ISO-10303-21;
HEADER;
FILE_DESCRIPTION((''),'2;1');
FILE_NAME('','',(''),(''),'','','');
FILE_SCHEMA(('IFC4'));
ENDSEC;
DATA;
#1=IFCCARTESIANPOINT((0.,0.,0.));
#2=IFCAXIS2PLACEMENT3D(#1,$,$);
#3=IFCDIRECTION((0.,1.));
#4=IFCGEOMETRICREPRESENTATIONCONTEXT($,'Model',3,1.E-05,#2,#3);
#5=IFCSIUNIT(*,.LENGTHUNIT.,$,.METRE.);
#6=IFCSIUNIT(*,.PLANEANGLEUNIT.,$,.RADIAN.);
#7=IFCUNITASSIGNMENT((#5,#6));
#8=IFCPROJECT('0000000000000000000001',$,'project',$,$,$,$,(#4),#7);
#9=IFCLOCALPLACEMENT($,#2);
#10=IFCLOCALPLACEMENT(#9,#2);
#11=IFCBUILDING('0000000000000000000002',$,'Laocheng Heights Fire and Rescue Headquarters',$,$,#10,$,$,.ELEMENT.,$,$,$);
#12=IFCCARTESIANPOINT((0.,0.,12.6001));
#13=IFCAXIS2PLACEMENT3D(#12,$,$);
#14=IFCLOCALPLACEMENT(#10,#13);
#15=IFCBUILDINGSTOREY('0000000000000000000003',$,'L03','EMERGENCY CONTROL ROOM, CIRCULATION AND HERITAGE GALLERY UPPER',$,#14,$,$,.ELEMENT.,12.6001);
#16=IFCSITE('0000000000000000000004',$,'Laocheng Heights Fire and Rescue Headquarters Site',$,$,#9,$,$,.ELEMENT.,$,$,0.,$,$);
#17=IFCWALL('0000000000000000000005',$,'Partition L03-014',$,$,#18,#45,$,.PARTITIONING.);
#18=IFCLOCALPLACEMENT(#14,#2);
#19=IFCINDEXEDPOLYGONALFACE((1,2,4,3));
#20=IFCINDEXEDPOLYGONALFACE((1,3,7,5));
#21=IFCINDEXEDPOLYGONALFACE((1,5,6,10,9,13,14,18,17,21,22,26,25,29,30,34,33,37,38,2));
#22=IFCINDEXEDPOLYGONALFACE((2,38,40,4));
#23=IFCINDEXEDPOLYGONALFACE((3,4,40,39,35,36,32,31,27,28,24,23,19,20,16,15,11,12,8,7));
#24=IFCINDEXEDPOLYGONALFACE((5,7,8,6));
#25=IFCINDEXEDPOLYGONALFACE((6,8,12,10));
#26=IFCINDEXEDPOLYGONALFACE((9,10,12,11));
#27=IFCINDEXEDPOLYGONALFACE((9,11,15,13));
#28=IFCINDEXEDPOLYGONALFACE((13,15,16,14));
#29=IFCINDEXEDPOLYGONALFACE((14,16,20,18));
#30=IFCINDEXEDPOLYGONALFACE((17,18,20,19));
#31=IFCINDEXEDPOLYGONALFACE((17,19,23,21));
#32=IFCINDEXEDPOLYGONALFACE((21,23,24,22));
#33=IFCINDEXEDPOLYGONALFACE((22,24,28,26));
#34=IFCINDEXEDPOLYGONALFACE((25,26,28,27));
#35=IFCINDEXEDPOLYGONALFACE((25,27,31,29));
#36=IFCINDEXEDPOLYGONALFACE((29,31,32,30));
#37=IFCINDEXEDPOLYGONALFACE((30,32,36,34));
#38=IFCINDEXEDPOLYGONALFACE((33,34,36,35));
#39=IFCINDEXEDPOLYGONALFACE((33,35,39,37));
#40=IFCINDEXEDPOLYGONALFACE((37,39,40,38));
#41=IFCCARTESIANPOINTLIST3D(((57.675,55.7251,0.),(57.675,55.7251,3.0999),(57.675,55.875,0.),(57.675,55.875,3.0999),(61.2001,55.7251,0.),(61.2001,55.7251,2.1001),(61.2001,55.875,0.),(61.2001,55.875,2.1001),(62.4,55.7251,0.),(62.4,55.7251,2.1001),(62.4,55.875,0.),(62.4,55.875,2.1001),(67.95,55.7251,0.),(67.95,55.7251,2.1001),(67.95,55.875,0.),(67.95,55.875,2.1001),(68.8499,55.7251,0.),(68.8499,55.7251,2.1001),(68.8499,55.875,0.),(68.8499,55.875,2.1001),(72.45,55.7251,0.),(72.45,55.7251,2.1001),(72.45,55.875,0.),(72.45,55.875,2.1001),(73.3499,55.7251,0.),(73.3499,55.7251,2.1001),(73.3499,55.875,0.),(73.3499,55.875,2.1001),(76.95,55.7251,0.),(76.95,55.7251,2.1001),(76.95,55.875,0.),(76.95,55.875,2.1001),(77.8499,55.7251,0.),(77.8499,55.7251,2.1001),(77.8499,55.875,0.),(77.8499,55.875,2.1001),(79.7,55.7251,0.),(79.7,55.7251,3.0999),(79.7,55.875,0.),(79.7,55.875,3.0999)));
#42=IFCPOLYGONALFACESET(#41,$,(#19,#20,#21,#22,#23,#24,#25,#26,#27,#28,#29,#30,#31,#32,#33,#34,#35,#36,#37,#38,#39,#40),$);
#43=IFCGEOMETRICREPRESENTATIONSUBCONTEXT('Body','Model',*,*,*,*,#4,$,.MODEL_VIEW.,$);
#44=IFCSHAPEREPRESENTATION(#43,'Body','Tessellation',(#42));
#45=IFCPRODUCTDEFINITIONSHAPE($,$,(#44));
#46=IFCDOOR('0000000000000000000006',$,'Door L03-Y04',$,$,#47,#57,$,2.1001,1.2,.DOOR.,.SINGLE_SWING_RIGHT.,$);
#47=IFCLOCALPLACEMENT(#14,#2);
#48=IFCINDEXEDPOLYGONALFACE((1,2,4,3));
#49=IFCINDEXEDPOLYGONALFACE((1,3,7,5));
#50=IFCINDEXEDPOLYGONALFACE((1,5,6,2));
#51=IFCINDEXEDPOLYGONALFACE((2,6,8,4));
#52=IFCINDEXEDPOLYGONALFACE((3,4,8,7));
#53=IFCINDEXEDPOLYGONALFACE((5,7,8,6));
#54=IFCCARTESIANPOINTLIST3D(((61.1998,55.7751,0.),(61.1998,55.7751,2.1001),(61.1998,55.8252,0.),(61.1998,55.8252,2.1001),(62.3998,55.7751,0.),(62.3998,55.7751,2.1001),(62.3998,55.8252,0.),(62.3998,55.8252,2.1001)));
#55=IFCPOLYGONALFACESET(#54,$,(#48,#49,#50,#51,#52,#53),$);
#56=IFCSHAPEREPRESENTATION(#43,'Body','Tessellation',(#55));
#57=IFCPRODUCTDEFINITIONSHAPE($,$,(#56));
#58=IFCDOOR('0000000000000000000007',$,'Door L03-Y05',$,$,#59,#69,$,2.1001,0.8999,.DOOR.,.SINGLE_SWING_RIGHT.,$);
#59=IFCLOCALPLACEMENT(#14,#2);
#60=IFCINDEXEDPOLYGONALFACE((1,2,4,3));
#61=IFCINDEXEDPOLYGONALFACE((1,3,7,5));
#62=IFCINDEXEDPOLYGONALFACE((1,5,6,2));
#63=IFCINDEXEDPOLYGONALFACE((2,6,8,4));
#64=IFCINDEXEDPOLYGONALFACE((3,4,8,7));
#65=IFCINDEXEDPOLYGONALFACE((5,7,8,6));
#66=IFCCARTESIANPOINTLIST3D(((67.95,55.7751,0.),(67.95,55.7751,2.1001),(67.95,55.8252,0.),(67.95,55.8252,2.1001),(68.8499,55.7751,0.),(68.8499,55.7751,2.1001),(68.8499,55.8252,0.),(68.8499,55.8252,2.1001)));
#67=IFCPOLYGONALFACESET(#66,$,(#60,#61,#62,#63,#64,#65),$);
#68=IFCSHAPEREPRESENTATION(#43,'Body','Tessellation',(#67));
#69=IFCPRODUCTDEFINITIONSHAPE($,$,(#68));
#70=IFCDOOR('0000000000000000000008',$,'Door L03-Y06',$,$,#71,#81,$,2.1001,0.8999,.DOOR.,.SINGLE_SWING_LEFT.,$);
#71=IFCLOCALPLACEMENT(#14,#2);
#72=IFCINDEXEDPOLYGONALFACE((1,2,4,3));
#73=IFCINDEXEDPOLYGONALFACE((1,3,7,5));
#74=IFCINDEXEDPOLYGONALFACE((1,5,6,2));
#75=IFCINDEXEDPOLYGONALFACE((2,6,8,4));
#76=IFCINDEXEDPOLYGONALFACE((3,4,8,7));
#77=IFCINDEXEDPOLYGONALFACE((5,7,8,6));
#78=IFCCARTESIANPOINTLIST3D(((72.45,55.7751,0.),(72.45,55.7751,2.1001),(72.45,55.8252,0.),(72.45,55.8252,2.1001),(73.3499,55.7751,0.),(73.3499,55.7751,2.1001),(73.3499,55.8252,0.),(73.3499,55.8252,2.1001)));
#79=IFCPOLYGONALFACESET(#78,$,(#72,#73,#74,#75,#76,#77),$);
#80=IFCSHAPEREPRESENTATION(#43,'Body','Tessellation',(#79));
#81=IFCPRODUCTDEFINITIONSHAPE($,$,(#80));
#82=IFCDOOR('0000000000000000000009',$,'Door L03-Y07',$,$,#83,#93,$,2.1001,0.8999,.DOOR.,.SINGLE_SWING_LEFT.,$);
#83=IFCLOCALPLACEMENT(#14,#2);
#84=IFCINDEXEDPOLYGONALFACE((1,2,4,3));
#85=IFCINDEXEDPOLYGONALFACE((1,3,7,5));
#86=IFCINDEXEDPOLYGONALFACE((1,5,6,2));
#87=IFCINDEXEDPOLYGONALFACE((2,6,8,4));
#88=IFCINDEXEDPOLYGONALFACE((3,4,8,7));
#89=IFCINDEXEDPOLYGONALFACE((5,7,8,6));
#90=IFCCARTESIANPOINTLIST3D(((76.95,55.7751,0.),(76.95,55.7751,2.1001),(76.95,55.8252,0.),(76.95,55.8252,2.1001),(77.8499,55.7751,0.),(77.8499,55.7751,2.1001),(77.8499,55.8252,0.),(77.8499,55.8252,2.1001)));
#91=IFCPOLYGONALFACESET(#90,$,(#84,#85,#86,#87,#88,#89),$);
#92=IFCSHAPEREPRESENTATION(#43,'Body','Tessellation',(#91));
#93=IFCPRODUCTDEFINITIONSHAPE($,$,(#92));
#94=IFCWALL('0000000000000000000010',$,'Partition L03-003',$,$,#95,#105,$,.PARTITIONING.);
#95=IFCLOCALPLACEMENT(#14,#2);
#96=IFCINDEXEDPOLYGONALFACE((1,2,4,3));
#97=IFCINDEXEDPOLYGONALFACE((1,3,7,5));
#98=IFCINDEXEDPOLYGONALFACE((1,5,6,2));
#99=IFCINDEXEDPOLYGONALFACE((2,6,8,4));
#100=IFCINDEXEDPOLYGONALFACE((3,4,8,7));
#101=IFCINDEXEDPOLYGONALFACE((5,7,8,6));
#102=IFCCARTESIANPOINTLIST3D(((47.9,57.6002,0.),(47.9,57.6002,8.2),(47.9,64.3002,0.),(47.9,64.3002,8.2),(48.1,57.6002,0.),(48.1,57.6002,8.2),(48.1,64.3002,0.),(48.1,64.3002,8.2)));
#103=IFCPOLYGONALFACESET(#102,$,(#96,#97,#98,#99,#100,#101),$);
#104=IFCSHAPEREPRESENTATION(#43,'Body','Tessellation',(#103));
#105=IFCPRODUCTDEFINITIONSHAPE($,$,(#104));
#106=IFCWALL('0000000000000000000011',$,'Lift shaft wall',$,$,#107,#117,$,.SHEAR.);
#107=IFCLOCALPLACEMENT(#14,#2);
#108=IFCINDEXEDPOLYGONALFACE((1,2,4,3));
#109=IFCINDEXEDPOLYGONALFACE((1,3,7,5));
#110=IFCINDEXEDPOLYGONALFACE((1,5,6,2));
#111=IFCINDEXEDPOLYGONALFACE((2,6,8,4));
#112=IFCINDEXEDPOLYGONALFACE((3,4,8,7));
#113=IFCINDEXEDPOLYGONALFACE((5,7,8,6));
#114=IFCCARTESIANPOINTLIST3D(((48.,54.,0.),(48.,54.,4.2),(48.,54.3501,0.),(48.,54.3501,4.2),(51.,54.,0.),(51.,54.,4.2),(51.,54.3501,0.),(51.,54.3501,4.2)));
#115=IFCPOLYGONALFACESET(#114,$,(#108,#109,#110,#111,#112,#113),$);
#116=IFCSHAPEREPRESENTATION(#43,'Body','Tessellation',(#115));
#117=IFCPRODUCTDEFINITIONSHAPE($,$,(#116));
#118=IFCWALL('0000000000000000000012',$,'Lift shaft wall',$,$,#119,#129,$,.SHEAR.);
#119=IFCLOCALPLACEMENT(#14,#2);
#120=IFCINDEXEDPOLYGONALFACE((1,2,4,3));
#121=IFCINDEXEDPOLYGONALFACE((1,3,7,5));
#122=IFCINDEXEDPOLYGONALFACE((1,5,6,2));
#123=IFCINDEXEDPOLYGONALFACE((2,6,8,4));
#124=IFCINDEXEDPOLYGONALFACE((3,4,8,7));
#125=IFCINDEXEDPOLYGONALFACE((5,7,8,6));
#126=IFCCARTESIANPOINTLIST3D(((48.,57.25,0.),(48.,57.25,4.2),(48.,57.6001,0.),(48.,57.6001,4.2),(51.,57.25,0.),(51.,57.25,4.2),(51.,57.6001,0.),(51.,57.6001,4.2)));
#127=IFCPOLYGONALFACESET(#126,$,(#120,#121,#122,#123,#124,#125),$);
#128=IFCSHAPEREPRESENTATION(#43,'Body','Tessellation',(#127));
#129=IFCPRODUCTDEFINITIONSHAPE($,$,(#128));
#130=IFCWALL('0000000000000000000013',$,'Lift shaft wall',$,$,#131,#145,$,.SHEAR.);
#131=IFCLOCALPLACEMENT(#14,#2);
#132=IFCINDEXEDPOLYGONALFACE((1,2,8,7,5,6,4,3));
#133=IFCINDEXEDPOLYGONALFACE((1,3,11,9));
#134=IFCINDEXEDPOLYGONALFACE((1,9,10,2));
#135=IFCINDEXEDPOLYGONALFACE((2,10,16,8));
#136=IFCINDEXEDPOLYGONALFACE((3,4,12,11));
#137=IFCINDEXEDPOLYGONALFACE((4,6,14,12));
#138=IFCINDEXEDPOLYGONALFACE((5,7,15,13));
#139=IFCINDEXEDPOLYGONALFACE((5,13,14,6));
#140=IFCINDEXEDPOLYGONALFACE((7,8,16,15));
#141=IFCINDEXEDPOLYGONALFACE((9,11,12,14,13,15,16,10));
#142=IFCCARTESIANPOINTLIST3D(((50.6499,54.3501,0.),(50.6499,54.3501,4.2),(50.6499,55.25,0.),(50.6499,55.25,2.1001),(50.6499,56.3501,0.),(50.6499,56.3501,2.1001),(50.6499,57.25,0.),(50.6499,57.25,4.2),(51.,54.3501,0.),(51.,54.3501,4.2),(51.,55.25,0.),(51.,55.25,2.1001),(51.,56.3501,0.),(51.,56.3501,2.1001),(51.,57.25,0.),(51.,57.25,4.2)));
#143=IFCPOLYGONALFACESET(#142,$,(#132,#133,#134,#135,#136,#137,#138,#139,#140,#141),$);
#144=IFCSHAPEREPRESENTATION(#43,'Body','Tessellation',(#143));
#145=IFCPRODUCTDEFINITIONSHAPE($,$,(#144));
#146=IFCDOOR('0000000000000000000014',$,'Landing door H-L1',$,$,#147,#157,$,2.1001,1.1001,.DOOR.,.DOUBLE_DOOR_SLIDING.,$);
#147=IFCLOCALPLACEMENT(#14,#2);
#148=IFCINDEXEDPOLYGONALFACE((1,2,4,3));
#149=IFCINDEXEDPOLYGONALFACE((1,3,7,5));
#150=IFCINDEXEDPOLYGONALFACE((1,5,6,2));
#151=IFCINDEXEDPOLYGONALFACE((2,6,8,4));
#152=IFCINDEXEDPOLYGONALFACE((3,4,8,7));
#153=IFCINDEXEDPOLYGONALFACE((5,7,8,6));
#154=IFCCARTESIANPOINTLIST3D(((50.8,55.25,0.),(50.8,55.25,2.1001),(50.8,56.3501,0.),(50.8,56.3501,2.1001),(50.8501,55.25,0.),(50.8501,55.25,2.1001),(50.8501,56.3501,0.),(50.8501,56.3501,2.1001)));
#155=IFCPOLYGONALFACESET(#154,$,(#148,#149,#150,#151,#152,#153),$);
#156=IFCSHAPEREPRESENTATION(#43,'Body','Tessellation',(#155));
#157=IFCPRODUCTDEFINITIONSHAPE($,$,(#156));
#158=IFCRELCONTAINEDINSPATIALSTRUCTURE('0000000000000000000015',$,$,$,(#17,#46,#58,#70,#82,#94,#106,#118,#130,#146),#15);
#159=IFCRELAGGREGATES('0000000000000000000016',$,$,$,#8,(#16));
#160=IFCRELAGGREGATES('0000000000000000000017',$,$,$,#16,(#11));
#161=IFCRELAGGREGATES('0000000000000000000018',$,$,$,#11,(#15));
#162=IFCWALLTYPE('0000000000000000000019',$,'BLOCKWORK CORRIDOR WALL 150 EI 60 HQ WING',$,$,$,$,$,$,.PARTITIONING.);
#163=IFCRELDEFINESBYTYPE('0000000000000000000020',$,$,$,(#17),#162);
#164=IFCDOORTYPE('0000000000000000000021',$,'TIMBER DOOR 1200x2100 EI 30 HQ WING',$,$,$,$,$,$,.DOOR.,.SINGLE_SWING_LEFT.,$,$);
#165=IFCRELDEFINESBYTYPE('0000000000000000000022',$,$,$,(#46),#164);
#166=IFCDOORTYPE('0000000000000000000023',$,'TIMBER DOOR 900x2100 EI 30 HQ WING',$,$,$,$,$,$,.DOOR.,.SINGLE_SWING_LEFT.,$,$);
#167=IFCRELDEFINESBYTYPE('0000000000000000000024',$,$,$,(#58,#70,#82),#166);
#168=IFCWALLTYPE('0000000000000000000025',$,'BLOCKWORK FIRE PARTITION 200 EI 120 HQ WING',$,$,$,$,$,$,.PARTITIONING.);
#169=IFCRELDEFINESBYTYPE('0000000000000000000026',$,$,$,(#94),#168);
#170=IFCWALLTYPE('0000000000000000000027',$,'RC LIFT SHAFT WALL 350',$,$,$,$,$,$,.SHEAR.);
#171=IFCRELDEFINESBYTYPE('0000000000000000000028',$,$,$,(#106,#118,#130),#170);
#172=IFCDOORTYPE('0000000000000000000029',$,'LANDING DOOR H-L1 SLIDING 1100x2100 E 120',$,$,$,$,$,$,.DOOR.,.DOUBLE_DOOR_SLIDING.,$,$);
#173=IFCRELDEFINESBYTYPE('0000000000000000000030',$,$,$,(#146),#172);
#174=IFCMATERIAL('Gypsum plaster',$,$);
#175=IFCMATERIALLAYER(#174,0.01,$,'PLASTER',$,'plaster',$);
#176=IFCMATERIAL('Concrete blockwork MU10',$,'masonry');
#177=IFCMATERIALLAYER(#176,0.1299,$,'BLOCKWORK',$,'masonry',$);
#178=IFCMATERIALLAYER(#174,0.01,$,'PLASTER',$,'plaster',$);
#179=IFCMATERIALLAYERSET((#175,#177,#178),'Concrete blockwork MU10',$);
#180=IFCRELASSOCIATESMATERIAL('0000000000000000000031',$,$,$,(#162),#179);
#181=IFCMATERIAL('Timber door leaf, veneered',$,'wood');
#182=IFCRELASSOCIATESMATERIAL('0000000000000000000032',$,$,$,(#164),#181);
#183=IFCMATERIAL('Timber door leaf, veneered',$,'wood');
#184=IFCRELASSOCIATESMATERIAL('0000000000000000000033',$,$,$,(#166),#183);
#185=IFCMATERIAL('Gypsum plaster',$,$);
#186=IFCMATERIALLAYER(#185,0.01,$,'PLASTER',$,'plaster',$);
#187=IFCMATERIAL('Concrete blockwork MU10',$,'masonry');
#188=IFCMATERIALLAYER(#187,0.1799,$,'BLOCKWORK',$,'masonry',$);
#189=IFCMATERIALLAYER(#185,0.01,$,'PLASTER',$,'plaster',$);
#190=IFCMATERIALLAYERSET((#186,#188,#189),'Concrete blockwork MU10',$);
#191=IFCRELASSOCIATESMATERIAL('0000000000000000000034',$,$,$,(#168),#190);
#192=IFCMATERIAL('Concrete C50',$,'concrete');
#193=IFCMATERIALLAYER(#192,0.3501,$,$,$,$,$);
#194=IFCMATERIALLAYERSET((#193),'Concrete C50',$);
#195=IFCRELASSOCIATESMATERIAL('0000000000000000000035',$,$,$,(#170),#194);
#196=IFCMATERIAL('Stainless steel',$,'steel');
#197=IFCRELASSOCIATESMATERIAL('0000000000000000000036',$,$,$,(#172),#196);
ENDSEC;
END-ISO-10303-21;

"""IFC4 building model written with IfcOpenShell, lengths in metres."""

from ifc_helpers import new_model, si_unit, direction, frame, frame_2d, origin, place, context, subcontext, project, spatial, rectangle, extrude, material, layer, layer_set, type_object, element, fill, save


model = new_model("IFC4")

# Units and contexts
model_context = context("Model", 3, precision=1e-05, world=origin(), true_north=direction((0.0, 1.0)))
body_context = subcontext(model_context, "Body", "Model", "MODEL_VIEW")
ifc_project = project(units=[si_unit("LENGTHUNIT", "METRE"), si_unit("PLANEANGLEUNIT", "RADIAN")], contexts=[model_context])

# Site, building, storey
site_placement = place(None, origin())
site = spatial("IfcSite", under=ifc_project, at=site_placement, Name="Laocheng Heights Fire and Rescue Headquarters Site", CompositionType="ELEMENT", RefElevation=0.0)
building_placement = place(site_placement, origin())
building = spatial("IfcBuilding", under=site, at=building_placement, Name="Laocheng Heights Fire and Rescue Headquarters", CompositionType="ELEMENT")
storey_placement = place(building_placement, frame((0.0, 0.0, 12.6001)))
storey = spatial("IfcBuildingStorey", under=building, at=storey_placement, Name="L03", Description="EMERGENCY CONTROL ROOM, CIRCULATION AND HERITAGE GALLERY UPPER", CompositionType="ELEMENT", Elevation=12.6001)

# Wall, openings, doors
ifc_material_1 = material(Name="Gypsum plaster")
ifc_layer_1 = layer(ifc_material_1, 0.01, Name="PLASTER", Category="plaster")
ifc_material_2 = material(Name="Concrete blockwork MU10", Category="masonry")
ifc_layer_2 = layer(ifc_material_2, 0.1299, Name="BLOCKWORK", Category="masonry")
ifc_layer_3 = layer(ifc_material_1, 0.01, Name="PLASTER", Category="plaster")
ifc_layer_set_1 = layer_set([ifc_layer_1, ifc_layer_2, ifc_layer_3], Name="Concrete blockwork MU10")
wall_type_1 = type_object("IfcWallType", Name="BLOCKWORK CORRIDOR WALL 150 EI 60 HQ WING", PredefinedType="PARTITIONING", material=ifc_layer_set_1)
wall_1_placement = place(storey_placement, frame((57.675, 55.8, 0.0), z_axis=(0.0, 0.0, 1.0), x_axis=(1.0, 0.0, 0.0)))
wall_1 = element("IfcWall", 1, at=wall_1_placement, inside=storey, type_object=wall_type_1, Name="Partition L03-014", PredefinedType="PARTITIONING", context=body_context, shape_type="SweptSolid", body=[
    extrude(rectangle(XDim=22.0249, YDim=0.1499, at=frame_2d((11.0125, 0.0))), origin(), (0.0, 0.0, 1.0), 3.0999),
])
opening_1_placement = place(wall_1_placement, frame((3.5249, 0.0, 0.0)))
opening_1 = element("IfcOpeningElement", 2, at=opening_1_placement, cuts=wall_1, PredefinedType="OPENING", context=body_context, shape_type="SweptSolid", body=[
    extrude(rectangle(XDim=1.2, YDim=2.1001, at=frame_2d((0.6001, 1.05))), frame((0.0, 0.085, 0.0), z_axis=(0.0, -1.0, 0.0), x_axis=(1.0, 0.0, 0.0)), (0.0, 0.0, 1.0), 0.1699),
])
opening_2_placement = place(wall_1_placement, frame((10.2749, 0.0, 0.0)))
opening_2 = element("IfcOpeningElement", 3, at=opening_2_placement, cuts=wall_1, PredefinedType="OPENING", context=body_context, shape_type="SweptSolid", body=[
    extrude(rectangle(XDim=0.8999, YDim=2.1001, at=frame_2d((0.45, 1.05))), frame((0.0, 0.085, 0.0), z_axis=(0.0, -1.0, 0.0), x_axis=(1.0, 0.0, 0.0)), (0.0, 0.0, 1.0), 0.1699),
])
opening_3_placement = place(wall_1_placement, frame((14.7749, 0.0, 0.0)))
opening_3 = element("IfcOpeningElement", 4, at=opening_3_placement, cuts=wall_1, PredefinedType="OPENING", context=body_context, shape_type="SweptSolid", body=[
    extrude(rectangle(XDim=0.8999, YDim=2.1001, at=frame_2d((0.45, 1.05))), frame((0.0, 0.085, 0.0), z_axis=(0.0, -1.0, 0.0), x_axis=(1.0, 0.0, 0.0)), (0.0, 0.0, 1.0), 0.1699),
])
opening_4_placement = place(wall_1_placement, frame((19.2749, 0.0, 0.0)))
opening_4 = element("IfcOpeningElement", 5, at=opening_4_placement, cuts=wall_1, PredefinedType="OPENING", context=body_context, shape_type="SweptSolid", body=[
    extrude(rectangle(XDim=0.8999, YDim=2.1001, at=frame_2d((0.45, 1.05))), frame((0.0, 0.085, 0.0), z_axis=(0.0, -1.0, 0.0), x_axis=(1.0, 0.0, 0.0)), (0.0, 0.0, 1.0), 0.1699),
])
ifc_material_3 = material(Name="Timber door leaf, veneered", Category="wood")
door_type_1 = type_object("IfcDoorType", Name="TIMBER DOOR 1200x2100 EI 30 HQ WING", OperationType="SINGLE_SWING_LEFT", PredefinedType="DOOR", material=ifc_material_3)
door_1_placement = place(opening_1_placement, frame((1.2, 0.0, 0.0), z_axis=(0.0, 0.0, 1.0), x_axis=(-1.0, 0.0, 0.0)))
door_1 = element("IfcDoor", 6, at=door_1_placement, inside=storey, type_object=door_type_1, Name="Door L03-Y04", OperationType="SINGLE_SWING_RIGHT", OverallHeight=2.1001, OverallWidth=1.2, PredefinedType="DOOR", context=body_context, shape_type="SweptSolid", body=[
    extrude(rectangle(XDim=1.2, YDim=2.1001, at=frame_2d((0.6001, 1.05))), frame((0.0, 0.0249, 0.0), z_axis=(0.0, -1.0, 0.0), x_axis=(1.0, 0.0, 0.0)), (0.0, 0.0, 1.0), 0.05),
])
fill(opening_1, door_1)
ifc_material_4 = material(Name="Timber door leaf, veneered", Category="wood")
door_type_2 = type_object("IfcDoorType", Name="TIMBER DOOR 900x2100 EI 30 HQ WING", OperationType="SINGLE_SWING_LEFT", PredefinedType="DOOR", material=ifc_material_4)
door_2_placement = place(opening_2_placement, frame((0.8999, 0.0, 0.0), z_axis=(0.0, 0.0, 1.0), x_axis=(-1.0, 0.0, 0.0)))
door_2 = element("IfcDoor", 7, at=door_2_placement, inside=storey, type_object=door_type_2, Name="Door L03-Y05", OperationType="SINGLE_SWING_RIGHT", OverallHeight=2.1001, OverallWidth=0.8999, PredefinedType="DOOR", context=body_context, shape_type="SweptSolid", body=[
    extrude(rectangle(XDim=0.8999, YDim=2.1001, at=frame_2d((0.45, 1.05))), frame((0.0, 0.0249, 0.0), z_axis=(0.0, -1.0, 0.0), x_axis=(1.0, 0.0, 0.0)), (0.0, 0.0, 1.0), 0.05),
])
fill(opening_2, door_2)
door_3_placement = place(opening_3_placement, frame((0.8999, 0.0, 0.0), z_axis=(0.0, 0.0, 1.0), x_axis=(-1.0, 0.0, 0.0)))
door_3 = element("IfcDoor", 8, at=door_3_placement, inside=storey, type_object=door_type_2, Name="Door L03-Y06", OperationType="SINGLE_SWING_LEFT", OverallHeight=2.1001, OverallWidth=0.8999, PredefinedType="DOOR", context=body_context, shape_type="SweptSolid", body=[
    extrude(rectangle(XDim=0.8999, YDim=2.1001, at=frame_2d((0.45, 1.05))), frame((0.0, 0.0249, 0.0), z_axis=(0.0, -1.0, 0.0), x_axis=(1.0, 0.0, 0.0)), (0.0, 0.0, 1.0), 0.05),
])
fill(opening_3, door_3)
door_4_placement = place(opening_4_placement, frame((0.8999, 0.0, 0.0), z_axis=(0.0, 0.0, 1.0), x_axis=(-1.0, 0.0, 0.0)))
door_4 = element("IfcDoor", 9, at=door_4_placement, inside=storey, type_object=door_type_2, Name="Door L03-Y07", OperationType="SINGLE_SWING_LEFT", OverallHeight=2.1001, OverallWidth=0.8999, PredefinedType="DOOR", context=body_context, shape_type="SweptSolid", body=[
    extrude(rectangle(XDim=0.8999, YDim=2.1001, at=frame_2d((0.45, 1.05))), frame((0.0, 0.0249, 0.0), z_axis=(0.0, -1.0, 0.0), x_axis=(1.0, 0.0, 0.0)), (0.0, 0.0, 1.0), 0.05),
])
fill(opening_4, door_4)

# Walls
ifc_material_5 = material(Name="Gypsum plaster")
ifc_layer_4 = layer(ifc_material_5, 0.01, Name="PLASTER", Category="plaster")
ifc_material_6 = material(Name="Concrete blockwork MU10", Category="masonry")
ifc_layer_5 = layer(ifc_material_6, 0.1799, Name="BLOCKWORK", Category="masonry")
ifc_layer_6 = layer(ifc_material_5, 0.01, Name="PLASTER", Category="plaster")
ifc_layer_set_2 = layer_set([ifc_layer_4, ifc_layer_5, ifc_layer_6], Name="Concrete blockwork MU10")
wall_type_2 = type_object("IfcWallType", Name="BLOCKWORK FIRE PARTITION 200 EI 120 HQ WING", PredefinedType="PARTITIONING", material=ifc_layer_set_2)
wall_2_placement = place(storey_placement, frame((48.0, 57.6001, 0.0), z_axis=(0.0, 0.0, 1.0), x_axis=(0.0, 1.0, 0.0)))
element("IfcWall", 10, at=wall_2_placement, inside=storey, type_object=wall_type_2, Name="Partition L03-003", PredefinedType="PARTITIONING", context=body_context, shape_type="SweptSolid", body=[
    extrude(rectangle(XDim=6.7, YDim=0.2, at=frame_2d((3.3501, 0.0))), origin(), (0.0, 0.0, 1.0), 8.2),
])
ifc_material_7 = material(Name="Concrete C50", Category="concrete")
ifc_layer_7 = layer(ifc_material_7, 0.3501)
ifc_layer_set_3 = layer_set([ifc_layer_7], Name="Concrete C50")
wall_type_3 = type_object("IfcWallType", Name="RC LIFT SHAFT WALL 350", PredefinedType="SHEAR", material=ifc_layer_set_3)
for number, where, z_axis, x_axis, name in (
    (11, (48.0, 54.175, 0.0), (0.0, 0.0, 1.0), (1.0, 0.0, 0.0), "Lift shaft wall"),
    (12, (48.0, 57.425, 0.0), (0.0, 0.0, 1.0), (1.0, 0.0, 0.0), "Lift shaft wall"),
):
    element("IfcWall", number, at=place(storey_placement, frame(where, z_axis=z_axis, x_axis=x_axis)), inside=storey, type_object=wall_type_3, Name=name, PredefinedType="SHEAR", context=body_context, shape_type="SweptSolid", body=[
        extrude(rectangle(XDim=3.0, YDim=0.3501, at=frame_2d((1.5, 0.0))), origin(), (0.0, 0.0, 1.0), 4.2),
    ])

# Wall, opening, door
wall_3_placement = place(storey_placement, frame((50.825, 54.3501, 0.0), z_axis=(0.0, 0.0, 1.0), x_axis=(0.0, 1.0, 0.0)))
wall_3 = element("IfcWall", 13, at=wall_3_placement, inside=storey, type_object=wall_type_3, Name="Lift shaft wall", PredefinedType="SHEAR", context=body_context, shape_type="SweptSolid", body=[
    extrude(rectangle(XDim=2.8999, YDim=0.3501, at=frame_2d((1.45, 0.0))), origin(), (0.0, 0.0, 1.0), 4.2),
])
opening_5_placement = place(wall_3_placement, frame((0.8999, 0.0, 0.0)))
opening_5 = element("IfcOpeningElement", 14, at=opening_5_placement, cuts=wall_3, PredefinedType="OPENING", context=body_context, shape_type="SweptSolid", body=[
    extrude(rectangle(XDim=1.1001, YDim=2.1001, at=frame_2d((0.55, 1.05))), frame((0.0, 0.1851, 0.0), z_axis=(0.0, -1.0, 0.0), x_axis=(1.0, 0.0, 0.0)), (0.0, 0.0, 1.0), 0.3701),
])
ifc_material_8 = material(Name="Stainless steel", Category="steel")
door_type_3 = type_object("IfcDoorType", Name="LANDING DOOR H-L1 SLIDING 1100x2100 E 120", OperationType="DOUBLE_DOOR_SLIDING", PredefinedType="DOOR", material=ifc_material_8)
door_5_placement = place(opening_5_placement, origin())
door_5 = element("IfcDoor", 15, at=door_5_placement, inside=storey, type_object=door_type_3, Name="Landing door H-L1", OperationType="DOUBLE_DOOR_SLIDING", OverallHeight=2.1001, OverallWidth=1.1001, PredefinedType="DOOR", context=body_context, shape_type="SweptSolid", body=[
    extrude(rectangle(XDim=1.1001, YDim=2.1001, at=frame_2d((0.55, 1.05))), frame((0.0, 0.0249, 0.0), z_axis=(0.0, -1.0, 0.0), x_axis=(1.0, 0.0, 0.0)), (0.0, 0.0, 1.0), 0.05),
])
fill(opening_5, door_5)

save(model, "model.ifc")
